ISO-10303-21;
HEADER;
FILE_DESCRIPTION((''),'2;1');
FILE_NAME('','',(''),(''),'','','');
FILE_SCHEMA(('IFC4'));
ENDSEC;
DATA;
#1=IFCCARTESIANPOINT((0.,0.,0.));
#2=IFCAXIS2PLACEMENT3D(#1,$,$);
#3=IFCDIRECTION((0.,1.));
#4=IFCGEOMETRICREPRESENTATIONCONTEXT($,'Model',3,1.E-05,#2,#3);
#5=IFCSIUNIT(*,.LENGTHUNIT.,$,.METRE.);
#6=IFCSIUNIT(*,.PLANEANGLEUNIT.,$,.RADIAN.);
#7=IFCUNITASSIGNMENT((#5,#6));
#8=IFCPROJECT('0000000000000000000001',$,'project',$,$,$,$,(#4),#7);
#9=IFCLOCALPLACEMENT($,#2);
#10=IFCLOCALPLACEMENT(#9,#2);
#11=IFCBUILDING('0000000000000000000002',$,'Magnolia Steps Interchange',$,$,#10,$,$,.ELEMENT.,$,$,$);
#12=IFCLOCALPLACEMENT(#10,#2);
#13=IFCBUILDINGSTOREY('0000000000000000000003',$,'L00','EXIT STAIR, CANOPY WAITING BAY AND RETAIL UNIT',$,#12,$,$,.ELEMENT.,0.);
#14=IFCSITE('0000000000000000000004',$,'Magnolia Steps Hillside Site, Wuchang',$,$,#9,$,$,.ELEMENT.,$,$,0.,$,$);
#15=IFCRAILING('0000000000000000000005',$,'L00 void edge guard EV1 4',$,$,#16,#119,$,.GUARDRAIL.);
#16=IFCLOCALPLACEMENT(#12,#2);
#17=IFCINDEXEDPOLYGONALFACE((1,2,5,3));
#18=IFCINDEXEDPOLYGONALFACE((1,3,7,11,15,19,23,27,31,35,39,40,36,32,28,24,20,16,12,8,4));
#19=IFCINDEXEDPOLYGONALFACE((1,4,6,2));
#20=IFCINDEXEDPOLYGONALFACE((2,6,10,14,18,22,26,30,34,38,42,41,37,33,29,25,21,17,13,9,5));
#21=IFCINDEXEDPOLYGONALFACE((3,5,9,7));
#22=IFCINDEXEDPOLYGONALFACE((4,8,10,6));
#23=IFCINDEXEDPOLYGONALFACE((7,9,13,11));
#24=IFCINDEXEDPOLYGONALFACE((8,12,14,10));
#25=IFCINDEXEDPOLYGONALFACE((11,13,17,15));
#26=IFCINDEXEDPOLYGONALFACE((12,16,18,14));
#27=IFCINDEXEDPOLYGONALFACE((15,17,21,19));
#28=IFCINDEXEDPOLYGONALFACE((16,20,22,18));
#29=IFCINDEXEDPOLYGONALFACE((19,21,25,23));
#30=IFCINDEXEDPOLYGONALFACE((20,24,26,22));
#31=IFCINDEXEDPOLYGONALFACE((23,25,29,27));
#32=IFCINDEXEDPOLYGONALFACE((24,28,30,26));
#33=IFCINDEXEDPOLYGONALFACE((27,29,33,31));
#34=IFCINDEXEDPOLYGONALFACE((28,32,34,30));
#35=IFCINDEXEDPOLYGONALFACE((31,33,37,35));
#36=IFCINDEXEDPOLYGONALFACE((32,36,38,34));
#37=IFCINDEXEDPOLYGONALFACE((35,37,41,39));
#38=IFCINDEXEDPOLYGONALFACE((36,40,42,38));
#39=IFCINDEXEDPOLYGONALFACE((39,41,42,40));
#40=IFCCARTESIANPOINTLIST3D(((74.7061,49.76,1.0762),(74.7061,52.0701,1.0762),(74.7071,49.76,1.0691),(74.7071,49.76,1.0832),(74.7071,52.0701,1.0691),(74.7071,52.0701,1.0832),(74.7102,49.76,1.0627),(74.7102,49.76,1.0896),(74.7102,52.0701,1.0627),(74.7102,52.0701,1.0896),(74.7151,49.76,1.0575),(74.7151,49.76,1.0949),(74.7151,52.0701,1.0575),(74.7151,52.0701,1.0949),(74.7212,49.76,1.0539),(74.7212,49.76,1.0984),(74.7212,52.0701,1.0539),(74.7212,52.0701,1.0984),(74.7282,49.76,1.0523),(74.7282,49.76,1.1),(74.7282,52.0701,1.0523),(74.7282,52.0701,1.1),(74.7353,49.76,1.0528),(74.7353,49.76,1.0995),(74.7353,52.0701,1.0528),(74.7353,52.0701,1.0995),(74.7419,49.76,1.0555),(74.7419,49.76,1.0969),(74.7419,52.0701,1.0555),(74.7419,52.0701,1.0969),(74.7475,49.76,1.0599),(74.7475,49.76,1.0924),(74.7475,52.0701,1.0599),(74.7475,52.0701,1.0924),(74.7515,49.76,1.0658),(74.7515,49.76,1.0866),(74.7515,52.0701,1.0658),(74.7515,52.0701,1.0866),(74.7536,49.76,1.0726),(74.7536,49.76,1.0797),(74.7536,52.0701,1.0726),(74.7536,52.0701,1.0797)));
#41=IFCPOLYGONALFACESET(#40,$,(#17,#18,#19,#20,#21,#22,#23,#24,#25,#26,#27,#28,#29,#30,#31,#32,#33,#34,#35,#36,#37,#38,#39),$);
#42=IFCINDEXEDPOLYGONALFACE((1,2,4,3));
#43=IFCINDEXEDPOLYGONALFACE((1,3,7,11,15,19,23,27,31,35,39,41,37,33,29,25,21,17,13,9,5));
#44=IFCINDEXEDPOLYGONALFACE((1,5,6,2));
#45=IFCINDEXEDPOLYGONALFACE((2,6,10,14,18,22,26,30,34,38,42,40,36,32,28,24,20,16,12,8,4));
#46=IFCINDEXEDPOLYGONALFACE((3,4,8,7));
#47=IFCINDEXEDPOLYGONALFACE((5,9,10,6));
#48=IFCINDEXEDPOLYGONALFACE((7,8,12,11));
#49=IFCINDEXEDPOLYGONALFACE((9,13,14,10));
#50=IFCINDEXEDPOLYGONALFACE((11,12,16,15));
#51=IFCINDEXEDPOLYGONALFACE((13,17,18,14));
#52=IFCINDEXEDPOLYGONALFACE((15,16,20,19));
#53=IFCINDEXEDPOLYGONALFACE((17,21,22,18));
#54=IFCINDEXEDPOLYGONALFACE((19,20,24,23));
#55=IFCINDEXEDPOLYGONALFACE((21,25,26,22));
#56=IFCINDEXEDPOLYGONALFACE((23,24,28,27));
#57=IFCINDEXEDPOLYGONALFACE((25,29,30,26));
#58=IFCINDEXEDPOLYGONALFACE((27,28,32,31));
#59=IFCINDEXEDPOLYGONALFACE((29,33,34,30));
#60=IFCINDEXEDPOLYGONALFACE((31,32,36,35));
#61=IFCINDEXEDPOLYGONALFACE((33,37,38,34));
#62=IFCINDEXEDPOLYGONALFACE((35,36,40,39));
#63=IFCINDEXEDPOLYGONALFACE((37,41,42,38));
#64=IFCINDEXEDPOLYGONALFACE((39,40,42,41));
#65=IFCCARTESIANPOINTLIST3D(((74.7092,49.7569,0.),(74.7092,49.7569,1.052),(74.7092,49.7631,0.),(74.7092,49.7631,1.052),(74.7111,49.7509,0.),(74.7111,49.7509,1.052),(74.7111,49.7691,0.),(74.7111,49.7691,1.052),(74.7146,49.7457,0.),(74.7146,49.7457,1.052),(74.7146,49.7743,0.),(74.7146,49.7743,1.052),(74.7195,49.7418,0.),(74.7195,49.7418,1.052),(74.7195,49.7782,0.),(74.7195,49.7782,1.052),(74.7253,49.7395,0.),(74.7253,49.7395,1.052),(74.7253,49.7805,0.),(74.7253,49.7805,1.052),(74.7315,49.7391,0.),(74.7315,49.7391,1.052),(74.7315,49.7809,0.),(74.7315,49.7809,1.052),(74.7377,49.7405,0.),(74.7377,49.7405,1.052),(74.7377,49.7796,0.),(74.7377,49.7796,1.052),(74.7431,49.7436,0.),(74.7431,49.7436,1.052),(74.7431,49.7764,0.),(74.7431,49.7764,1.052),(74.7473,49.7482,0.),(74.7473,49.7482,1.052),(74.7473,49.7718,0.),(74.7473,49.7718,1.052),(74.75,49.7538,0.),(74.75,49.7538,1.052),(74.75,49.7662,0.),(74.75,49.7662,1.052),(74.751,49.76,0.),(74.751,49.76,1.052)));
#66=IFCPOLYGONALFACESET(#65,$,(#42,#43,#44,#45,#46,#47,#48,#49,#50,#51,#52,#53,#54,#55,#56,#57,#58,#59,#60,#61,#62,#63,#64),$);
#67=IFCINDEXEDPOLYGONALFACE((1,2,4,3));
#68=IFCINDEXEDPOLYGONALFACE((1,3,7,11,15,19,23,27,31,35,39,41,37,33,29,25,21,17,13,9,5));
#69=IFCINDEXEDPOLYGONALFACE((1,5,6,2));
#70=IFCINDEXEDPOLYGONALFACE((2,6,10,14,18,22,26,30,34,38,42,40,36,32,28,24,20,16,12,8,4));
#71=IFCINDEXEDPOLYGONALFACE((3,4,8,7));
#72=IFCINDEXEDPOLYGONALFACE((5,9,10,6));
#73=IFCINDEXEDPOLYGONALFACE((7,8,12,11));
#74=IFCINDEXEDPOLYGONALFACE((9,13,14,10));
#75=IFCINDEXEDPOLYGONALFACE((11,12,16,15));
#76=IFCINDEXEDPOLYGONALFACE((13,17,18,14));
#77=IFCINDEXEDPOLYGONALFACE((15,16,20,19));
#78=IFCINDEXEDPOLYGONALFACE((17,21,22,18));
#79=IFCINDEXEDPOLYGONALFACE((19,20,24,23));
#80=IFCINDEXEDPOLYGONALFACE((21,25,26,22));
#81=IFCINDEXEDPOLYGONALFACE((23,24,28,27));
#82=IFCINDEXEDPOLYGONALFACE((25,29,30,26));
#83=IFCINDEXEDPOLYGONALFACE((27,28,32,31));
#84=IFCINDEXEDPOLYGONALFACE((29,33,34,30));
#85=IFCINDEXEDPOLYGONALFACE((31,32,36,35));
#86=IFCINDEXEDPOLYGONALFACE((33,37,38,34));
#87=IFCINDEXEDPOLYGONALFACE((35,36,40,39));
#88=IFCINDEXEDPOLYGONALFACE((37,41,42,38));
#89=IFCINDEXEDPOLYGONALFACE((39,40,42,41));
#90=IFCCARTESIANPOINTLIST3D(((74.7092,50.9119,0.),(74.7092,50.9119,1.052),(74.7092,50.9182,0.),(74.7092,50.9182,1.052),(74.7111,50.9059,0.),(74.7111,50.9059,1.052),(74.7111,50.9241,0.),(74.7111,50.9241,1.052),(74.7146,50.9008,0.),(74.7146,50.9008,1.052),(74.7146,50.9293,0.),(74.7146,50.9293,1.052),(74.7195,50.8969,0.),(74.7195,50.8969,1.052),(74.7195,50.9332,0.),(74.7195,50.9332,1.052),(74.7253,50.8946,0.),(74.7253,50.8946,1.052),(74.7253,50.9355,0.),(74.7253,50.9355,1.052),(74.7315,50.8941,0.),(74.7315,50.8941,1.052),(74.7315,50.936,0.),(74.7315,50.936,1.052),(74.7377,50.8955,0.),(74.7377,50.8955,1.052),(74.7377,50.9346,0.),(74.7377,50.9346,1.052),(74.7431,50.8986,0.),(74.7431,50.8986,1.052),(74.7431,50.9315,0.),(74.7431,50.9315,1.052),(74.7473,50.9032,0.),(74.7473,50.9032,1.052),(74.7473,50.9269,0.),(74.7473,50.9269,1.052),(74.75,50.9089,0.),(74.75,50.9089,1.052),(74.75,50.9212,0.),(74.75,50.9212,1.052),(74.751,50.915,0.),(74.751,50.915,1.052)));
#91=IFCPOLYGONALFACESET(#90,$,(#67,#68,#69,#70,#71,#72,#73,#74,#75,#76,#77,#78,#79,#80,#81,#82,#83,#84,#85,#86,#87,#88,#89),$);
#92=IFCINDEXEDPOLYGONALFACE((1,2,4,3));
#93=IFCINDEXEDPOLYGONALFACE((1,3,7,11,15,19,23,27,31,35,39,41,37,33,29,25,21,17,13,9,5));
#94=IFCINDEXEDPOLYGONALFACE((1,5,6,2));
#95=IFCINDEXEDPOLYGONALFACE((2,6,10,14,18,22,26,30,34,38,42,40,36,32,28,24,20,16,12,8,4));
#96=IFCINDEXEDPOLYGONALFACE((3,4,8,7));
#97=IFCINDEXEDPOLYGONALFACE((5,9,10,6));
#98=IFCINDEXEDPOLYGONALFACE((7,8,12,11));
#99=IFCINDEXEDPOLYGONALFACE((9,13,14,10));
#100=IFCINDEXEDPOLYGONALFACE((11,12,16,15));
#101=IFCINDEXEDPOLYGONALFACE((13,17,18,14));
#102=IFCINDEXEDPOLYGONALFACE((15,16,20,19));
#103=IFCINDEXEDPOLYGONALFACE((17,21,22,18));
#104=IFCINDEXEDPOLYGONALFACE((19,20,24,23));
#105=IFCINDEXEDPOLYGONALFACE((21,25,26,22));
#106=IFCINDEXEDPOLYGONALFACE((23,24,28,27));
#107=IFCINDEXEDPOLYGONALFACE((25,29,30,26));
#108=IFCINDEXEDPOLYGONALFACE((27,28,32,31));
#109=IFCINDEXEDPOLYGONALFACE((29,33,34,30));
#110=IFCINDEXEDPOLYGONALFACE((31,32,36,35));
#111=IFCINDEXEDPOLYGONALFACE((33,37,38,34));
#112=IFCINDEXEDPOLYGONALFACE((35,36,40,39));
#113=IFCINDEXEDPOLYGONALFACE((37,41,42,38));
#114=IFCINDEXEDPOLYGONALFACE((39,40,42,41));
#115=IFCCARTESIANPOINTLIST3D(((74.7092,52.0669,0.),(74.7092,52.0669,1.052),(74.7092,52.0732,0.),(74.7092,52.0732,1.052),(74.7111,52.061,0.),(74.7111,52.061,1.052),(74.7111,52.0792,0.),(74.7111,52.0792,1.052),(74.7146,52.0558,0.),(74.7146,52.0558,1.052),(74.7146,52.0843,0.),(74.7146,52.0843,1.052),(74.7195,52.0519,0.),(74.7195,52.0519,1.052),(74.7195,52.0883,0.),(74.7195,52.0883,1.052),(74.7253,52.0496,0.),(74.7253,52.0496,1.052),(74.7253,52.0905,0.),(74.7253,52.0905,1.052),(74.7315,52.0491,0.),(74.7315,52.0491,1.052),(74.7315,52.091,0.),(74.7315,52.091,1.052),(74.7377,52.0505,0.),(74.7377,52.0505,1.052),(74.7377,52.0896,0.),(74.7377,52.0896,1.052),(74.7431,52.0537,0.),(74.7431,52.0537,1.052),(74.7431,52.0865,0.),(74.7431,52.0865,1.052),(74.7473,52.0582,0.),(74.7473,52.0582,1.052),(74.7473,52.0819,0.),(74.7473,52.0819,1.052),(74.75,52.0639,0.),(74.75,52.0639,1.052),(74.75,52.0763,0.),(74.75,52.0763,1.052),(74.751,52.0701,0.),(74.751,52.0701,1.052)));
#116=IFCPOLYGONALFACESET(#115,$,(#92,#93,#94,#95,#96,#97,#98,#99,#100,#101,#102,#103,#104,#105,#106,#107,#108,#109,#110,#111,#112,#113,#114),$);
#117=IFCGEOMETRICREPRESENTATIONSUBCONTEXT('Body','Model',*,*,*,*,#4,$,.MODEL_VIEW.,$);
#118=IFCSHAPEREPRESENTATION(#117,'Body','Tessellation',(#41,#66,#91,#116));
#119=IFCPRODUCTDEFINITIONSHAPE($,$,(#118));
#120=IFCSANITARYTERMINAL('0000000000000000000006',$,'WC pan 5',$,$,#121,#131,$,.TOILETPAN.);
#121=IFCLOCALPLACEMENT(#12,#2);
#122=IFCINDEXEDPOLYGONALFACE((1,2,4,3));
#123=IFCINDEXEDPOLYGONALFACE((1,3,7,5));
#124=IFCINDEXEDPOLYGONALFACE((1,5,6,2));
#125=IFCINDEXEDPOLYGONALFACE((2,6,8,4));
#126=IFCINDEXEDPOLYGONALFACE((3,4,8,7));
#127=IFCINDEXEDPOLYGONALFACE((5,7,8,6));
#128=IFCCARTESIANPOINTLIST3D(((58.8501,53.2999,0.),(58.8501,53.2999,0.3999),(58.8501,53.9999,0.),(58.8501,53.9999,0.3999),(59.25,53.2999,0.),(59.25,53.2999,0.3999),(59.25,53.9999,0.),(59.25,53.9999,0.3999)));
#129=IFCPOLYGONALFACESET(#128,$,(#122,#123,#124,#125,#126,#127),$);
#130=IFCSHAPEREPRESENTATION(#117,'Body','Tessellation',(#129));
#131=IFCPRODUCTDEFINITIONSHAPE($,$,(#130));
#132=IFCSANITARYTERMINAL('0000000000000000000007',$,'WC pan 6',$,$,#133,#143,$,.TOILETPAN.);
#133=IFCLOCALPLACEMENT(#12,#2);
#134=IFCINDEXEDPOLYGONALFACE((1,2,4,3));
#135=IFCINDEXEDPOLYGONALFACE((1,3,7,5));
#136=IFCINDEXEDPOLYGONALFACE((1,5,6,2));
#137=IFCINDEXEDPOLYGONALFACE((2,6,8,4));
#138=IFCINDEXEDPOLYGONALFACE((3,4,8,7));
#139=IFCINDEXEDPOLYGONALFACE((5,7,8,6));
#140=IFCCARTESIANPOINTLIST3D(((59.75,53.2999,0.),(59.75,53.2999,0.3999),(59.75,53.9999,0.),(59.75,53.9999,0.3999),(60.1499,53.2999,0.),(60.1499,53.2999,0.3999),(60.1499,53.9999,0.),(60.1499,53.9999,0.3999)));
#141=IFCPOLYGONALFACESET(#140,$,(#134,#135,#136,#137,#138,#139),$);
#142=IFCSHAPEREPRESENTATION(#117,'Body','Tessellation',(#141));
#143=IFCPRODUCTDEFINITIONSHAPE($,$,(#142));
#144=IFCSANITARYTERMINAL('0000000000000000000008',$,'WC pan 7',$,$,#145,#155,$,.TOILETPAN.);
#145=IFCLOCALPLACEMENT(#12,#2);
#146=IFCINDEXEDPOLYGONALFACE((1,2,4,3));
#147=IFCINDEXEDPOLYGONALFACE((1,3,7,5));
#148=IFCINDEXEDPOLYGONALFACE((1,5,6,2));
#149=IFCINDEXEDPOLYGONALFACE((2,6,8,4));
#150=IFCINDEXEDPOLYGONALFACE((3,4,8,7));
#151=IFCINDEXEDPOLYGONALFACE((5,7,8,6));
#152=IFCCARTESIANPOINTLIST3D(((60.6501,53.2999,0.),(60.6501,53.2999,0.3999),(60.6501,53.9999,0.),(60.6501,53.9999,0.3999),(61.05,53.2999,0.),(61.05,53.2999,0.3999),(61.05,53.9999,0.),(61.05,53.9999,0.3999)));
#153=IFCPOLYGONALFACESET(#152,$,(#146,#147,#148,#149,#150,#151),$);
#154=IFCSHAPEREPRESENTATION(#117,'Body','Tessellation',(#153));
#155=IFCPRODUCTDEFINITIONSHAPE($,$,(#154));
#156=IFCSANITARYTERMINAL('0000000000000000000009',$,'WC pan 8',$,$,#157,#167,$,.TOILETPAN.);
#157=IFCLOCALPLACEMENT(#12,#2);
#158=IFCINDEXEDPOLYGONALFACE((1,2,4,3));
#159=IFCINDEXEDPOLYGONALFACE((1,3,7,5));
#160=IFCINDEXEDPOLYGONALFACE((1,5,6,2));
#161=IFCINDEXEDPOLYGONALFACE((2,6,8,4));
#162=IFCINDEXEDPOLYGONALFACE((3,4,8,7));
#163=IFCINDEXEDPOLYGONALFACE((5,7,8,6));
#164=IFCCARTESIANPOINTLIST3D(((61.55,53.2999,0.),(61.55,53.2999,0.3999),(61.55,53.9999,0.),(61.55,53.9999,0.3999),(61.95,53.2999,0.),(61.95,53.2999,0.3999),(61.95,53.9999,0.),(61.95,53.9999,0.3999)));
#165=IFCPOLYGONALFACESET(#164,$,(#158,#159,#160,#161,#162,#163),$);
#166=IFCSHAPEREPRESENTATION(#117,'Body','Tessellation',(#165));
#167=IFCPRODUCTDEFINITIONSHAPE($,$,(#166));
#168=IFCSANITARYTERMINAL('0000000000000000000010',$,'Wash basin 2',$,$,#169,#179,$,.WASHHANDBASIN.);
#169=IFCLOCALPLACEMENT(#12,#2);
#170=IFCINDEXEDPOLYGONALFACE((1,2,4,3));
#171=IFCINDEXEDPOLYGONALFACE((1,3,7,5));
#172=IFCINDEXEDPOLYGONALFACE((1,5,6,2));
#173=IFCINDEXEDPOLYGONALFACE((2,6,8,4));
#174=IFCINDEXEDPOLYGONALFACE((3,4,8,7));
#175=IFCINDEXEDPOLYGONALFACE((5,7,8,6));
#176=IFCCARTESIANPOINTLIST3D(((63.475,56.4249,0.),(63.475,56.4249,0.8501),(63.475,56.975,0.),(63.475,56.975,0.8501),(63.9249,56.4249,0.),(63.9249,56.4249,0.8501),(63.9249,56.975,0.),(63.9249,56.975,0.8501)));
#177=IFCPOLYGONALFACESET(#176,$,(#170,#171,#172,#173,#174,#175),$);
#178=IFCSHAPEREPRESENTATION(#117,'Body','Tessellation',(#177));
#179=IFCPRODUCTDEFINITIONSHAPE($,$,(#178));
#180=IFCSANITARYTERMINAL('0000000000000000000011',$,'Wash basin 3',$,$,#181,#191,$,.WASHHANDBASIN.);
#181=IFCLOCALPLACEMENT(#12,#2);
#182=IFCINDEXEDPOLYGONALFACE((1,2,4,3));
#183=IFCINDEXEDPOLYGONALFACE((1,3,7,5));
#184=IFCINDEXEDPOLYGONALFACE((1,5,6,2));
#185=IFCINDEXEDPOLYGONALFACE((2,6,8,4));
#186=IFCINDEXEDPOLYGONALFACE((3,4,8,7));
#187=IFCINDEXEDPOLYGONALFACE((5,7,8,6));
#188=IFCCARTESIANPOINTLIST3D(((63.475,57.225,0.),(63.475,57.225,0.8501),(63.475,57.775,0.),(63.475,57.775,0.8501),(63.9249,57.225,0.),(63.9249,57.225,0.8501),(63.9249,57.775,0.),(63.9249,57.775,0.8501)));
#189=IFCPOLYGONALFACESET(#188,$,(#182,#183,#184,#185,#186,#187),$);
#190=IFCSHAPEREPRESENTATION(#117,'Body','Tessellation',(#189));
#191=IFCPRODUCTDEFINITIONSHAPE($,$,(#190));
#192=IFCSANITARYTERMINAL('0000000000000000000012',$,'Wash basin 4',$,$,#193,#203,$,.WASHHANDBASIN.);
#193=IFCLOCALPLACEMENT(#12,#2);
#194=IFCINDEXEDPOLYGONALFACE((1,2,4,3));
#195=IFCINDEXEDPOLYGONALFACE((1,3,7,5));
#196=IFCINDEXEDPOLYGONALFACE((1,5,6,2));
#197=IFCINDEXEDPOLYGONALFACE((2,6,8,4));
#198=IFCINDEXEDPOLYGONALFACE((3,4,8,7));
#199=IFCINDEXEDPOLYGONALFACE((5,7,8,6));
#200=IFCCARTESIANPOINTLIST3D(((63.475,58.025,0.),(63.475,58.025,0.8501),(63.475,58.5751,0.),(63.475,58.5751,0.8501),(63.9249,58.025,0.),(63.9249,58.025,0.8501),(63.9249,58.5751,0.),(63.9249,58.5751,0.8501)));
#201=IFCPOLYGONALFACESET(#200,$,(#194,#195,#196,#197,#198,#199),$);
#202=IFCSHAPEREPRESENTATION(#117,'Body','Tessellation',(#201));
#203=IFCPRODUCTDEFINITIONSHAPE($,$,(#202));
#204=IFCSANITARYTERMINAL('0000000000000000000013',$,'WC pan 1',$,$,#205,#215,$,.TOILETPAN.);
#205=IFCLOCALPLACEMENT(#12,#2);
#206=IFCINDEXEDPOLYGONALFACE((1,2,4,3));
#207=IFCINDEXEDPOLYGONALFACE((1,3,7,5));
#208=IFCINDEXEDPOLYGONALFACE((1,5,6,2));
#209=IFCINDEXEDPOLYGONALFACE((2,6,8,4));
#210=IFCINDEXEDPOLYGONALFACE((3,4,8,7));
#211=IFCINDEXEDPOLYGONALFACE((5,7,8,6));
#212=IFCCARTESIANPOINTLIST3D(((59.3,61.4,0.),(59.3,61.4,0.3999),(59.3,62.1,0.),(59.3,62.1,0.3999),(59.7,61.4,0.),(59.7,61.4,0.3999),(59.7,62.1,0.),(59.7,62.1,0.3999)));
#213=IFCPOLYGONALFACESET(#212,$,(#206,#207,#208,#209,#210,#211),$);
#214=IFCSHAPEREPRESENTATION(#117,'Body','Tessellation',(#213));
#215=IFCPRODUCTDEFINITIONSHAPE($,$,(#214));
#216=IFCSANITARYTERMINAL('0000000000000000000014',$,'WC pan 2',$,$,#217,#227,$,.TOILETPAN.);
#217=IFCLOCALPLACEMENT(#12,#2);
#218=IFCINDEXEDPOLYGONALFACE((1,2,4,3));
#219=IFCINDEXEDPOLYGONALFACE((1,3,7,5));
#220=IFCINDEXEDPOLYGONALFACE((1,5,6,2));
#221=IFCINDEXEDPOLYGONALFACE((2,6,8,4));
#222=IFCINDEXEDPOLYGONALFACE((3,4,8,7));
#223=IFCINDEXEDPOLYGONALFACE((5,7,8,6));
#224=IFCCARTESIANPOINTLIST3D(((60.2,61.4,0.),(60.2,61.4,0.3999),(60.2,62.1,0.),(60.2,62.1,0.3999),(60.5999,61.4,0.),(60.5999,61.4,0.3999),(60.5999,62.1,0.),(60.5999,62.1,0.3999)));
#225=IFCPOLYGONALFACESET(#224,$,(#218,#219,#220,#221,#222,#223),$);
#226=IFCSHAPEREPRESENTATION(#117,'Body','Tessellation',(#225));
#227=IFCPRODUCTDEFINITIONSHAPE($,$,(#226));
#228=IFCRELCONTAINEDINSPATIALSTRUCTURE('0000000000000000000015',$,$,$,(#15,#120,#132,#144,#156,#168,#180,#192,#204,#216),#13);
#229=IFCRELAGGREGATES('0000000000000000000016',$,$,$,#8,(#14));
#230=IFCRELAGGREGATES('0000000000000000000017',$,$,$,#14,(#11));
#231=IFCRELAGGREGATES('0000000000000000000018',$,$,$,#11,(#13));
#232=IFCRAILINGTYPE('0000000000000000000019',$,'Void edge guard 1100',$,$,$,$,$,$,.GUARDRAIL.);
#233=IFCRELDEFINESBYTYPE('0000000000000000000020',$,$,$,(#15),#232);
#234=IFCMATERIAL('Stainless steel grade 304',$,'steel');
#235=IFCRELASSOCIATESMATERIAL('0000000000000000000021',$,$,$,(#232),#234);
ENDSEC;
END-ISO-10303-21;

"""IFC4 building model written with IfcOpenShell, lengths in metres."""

from ifc_helpers import new_model, si_unit, direction, frame, origin, origin_2d, place, context, subcontext, project, spatial, rectangle, circle, extrude, material, type_object, element, save


model = new_model("IFC4")

# Units and contexts
model_context = context("Model", 3, precision=1e-05, world=origin(), true_north=direction((0.0, 1.0)))
body_context = subcontext(model_context, "Body", "Model", "MODEL_VIEW")
ifc_project = project(units=[si_unit("LENGTHUNIT", "METRE"), si_unit("PLANEANGLEUNIT", "RADIAN")], contexts=[model_context])

# Site, building, storey
site_placement = place(None, origin())
site = spatial("IfcSite", under=ifc_project, at=site_placement, Name="Magnolia Steps Hillside Site, Wuchang", CompositionType="ELEMENT", RefElevation=0.0)
building_placement = place(site_placement, origin())
building = spatial("IfcBuilding", under=site, at=building_placement, Name="Magnolia Steps Interchange", CompositionType="ELEMENT")
storey_placement = place(building_placement, origin())
storey = spatial("IfcBuildingStorey", under=building, at=storey_placement, Name="L00", Description="EXIT STAIR, CANOPY WAITING BAY AND RETAIL UNIT", CompositionType="ELEMENT", Elevation=0.0)

# Railing
ifc_material_1 = material(Name="Stainless steel grade 304", Category="steel")
railing_type_1 = type_object("IfcRailingType", Name="Void edge guard 1100", PredefinedType="GUARDRAIL", material=ifc_material_1)
railing_1_placement = place(storey_placement, frame((74.73, 49.76, 0.0)))
element("IfcRailing", 1, at=railing_1_placement, inside=storey, type_object=railing_type_1, Name="L00 void edge guard EV1 4", PredefinedType="GUARDRAIL", context=body_context, shape_type="SweptSolid", body=[
    extrude(circle(Radius=0.0239, at=origin_2d()), frame((0.0, 0.0, 1.0762), z_axis=(0.0, 1.0, 0.0), x_axis=(-1.0, 0.0, 0.0)), (0.0, 0.0, 1.0), 2.3101),
    extrude(circle(Radius=0.021, at=origin_2d()), origin(), (0.0, 0.0, 1.0), 1.052),
    extrude(circle(Radius=0.021, at=origin_2d()), frame((0.0, 1.155, 0.0)), (0.0, 0.0, 1.0), 1.052),
    extrude(circle(Radius=0.021, at=origin_2d()), frame((0.0, 2.3101, 0.0)), (0.0, 0.0, 1.0), 1.052),
])

# Sanitary terminals
for number, where, z_axis, x_axis, name in (
    (2, (59.05, 53.6499, 0.0), (0.0, 0.0, 1.0), (1.0, 0.0, 0.0), "WC pan 5"),
    (3, (59.95, 53.6499, 0.0), (0.0, 0.0, 1.0), (1.0, 0.0, 0.0), "WC pan 6"),
    (4, (60.8501, 53.6499, 0.0), (0.0, 0.0, 1.0), (1.0, 0.0, 0.0), "WC pan 7"),
    (5, (61.75, 53.6499, 0.0), (0.0, 0.0, 1.0), (1.0, 0.0, 0.0), "WC pan 8"),
):
    element("IfcSanitaryTerminal", number, at=place(storey_placement, frame(where, z_axis=z_axis, x_axis=x_axis)), inside=storey, Name=name, PredefinedType="TOILETPAN", context=body_context, shape_type="SweptSolid", body=[
        extrude(rectangle(XDim=0.3999, YDim=0.7, at=origin_2d()), origin(), (0.0, 0.0, 1.0), 0.3999),
    ])
for number, where, z_axis, x_axis, name in (
    (6, (63.7, 56.7, 0.0), (0.0, 0.0, 1.0), (1.0, 0.0, 0.0), "Wash basin 2"),
    (7, (63.7, 57.5, 0.0), (0.0, 0.0, 1.0), (1.0, 0.0, 0.0), "Wash basin 3"),
    (8, (63.7, 58.3, 0.0), (0.0, 0.0, 1.0), (1.0, 0.0, 0.0), "Wash basin 4"),
):
    element("IfcSanitaryTerminal", number, at=place(storey_placement, frame(where, z_axis=z_axis, x_axis=x_axis)), inside=storey, Name=name, PredefinedType="WASHHANDBASIN", context=body_context, shape_type="SweptSolid", body=[
        extrude(rectangle(XDim=0.45, YDim=0.55, at=origin_2d()), origin(), (0.0, 0.0, 1.0), 0.8501),
    ])
for number, where, z_axis, x_axis, name in (
    (9, (59.5, 61.75, 0.0), (0.0, 0.0, 1.0), (1.0, 0.0, 0.0), "WC pan 1"),
    (10, (60.3999, 61.75, 0.0), (0.0, 0.0, 1.0), (1.0, 0.0, 0.0), "WC pan 2"),
):
    element("IfcSanitaryTerminal", number, at=place(storey_placement, frame(where, z_axis=z_axis, x_axis=x_axis)), inside=storey, Name=name, PredefinedType="TOILETPAN", context=body_context, shape_type="SweptSolid", body=[
        extrude(rectangle(XDim=0.3999, YDim=0.7, at=origin_2d()), origin(), (0.0, 0.0, 1.0), 0.3999),
    ])

save(model, "model.ifc")
